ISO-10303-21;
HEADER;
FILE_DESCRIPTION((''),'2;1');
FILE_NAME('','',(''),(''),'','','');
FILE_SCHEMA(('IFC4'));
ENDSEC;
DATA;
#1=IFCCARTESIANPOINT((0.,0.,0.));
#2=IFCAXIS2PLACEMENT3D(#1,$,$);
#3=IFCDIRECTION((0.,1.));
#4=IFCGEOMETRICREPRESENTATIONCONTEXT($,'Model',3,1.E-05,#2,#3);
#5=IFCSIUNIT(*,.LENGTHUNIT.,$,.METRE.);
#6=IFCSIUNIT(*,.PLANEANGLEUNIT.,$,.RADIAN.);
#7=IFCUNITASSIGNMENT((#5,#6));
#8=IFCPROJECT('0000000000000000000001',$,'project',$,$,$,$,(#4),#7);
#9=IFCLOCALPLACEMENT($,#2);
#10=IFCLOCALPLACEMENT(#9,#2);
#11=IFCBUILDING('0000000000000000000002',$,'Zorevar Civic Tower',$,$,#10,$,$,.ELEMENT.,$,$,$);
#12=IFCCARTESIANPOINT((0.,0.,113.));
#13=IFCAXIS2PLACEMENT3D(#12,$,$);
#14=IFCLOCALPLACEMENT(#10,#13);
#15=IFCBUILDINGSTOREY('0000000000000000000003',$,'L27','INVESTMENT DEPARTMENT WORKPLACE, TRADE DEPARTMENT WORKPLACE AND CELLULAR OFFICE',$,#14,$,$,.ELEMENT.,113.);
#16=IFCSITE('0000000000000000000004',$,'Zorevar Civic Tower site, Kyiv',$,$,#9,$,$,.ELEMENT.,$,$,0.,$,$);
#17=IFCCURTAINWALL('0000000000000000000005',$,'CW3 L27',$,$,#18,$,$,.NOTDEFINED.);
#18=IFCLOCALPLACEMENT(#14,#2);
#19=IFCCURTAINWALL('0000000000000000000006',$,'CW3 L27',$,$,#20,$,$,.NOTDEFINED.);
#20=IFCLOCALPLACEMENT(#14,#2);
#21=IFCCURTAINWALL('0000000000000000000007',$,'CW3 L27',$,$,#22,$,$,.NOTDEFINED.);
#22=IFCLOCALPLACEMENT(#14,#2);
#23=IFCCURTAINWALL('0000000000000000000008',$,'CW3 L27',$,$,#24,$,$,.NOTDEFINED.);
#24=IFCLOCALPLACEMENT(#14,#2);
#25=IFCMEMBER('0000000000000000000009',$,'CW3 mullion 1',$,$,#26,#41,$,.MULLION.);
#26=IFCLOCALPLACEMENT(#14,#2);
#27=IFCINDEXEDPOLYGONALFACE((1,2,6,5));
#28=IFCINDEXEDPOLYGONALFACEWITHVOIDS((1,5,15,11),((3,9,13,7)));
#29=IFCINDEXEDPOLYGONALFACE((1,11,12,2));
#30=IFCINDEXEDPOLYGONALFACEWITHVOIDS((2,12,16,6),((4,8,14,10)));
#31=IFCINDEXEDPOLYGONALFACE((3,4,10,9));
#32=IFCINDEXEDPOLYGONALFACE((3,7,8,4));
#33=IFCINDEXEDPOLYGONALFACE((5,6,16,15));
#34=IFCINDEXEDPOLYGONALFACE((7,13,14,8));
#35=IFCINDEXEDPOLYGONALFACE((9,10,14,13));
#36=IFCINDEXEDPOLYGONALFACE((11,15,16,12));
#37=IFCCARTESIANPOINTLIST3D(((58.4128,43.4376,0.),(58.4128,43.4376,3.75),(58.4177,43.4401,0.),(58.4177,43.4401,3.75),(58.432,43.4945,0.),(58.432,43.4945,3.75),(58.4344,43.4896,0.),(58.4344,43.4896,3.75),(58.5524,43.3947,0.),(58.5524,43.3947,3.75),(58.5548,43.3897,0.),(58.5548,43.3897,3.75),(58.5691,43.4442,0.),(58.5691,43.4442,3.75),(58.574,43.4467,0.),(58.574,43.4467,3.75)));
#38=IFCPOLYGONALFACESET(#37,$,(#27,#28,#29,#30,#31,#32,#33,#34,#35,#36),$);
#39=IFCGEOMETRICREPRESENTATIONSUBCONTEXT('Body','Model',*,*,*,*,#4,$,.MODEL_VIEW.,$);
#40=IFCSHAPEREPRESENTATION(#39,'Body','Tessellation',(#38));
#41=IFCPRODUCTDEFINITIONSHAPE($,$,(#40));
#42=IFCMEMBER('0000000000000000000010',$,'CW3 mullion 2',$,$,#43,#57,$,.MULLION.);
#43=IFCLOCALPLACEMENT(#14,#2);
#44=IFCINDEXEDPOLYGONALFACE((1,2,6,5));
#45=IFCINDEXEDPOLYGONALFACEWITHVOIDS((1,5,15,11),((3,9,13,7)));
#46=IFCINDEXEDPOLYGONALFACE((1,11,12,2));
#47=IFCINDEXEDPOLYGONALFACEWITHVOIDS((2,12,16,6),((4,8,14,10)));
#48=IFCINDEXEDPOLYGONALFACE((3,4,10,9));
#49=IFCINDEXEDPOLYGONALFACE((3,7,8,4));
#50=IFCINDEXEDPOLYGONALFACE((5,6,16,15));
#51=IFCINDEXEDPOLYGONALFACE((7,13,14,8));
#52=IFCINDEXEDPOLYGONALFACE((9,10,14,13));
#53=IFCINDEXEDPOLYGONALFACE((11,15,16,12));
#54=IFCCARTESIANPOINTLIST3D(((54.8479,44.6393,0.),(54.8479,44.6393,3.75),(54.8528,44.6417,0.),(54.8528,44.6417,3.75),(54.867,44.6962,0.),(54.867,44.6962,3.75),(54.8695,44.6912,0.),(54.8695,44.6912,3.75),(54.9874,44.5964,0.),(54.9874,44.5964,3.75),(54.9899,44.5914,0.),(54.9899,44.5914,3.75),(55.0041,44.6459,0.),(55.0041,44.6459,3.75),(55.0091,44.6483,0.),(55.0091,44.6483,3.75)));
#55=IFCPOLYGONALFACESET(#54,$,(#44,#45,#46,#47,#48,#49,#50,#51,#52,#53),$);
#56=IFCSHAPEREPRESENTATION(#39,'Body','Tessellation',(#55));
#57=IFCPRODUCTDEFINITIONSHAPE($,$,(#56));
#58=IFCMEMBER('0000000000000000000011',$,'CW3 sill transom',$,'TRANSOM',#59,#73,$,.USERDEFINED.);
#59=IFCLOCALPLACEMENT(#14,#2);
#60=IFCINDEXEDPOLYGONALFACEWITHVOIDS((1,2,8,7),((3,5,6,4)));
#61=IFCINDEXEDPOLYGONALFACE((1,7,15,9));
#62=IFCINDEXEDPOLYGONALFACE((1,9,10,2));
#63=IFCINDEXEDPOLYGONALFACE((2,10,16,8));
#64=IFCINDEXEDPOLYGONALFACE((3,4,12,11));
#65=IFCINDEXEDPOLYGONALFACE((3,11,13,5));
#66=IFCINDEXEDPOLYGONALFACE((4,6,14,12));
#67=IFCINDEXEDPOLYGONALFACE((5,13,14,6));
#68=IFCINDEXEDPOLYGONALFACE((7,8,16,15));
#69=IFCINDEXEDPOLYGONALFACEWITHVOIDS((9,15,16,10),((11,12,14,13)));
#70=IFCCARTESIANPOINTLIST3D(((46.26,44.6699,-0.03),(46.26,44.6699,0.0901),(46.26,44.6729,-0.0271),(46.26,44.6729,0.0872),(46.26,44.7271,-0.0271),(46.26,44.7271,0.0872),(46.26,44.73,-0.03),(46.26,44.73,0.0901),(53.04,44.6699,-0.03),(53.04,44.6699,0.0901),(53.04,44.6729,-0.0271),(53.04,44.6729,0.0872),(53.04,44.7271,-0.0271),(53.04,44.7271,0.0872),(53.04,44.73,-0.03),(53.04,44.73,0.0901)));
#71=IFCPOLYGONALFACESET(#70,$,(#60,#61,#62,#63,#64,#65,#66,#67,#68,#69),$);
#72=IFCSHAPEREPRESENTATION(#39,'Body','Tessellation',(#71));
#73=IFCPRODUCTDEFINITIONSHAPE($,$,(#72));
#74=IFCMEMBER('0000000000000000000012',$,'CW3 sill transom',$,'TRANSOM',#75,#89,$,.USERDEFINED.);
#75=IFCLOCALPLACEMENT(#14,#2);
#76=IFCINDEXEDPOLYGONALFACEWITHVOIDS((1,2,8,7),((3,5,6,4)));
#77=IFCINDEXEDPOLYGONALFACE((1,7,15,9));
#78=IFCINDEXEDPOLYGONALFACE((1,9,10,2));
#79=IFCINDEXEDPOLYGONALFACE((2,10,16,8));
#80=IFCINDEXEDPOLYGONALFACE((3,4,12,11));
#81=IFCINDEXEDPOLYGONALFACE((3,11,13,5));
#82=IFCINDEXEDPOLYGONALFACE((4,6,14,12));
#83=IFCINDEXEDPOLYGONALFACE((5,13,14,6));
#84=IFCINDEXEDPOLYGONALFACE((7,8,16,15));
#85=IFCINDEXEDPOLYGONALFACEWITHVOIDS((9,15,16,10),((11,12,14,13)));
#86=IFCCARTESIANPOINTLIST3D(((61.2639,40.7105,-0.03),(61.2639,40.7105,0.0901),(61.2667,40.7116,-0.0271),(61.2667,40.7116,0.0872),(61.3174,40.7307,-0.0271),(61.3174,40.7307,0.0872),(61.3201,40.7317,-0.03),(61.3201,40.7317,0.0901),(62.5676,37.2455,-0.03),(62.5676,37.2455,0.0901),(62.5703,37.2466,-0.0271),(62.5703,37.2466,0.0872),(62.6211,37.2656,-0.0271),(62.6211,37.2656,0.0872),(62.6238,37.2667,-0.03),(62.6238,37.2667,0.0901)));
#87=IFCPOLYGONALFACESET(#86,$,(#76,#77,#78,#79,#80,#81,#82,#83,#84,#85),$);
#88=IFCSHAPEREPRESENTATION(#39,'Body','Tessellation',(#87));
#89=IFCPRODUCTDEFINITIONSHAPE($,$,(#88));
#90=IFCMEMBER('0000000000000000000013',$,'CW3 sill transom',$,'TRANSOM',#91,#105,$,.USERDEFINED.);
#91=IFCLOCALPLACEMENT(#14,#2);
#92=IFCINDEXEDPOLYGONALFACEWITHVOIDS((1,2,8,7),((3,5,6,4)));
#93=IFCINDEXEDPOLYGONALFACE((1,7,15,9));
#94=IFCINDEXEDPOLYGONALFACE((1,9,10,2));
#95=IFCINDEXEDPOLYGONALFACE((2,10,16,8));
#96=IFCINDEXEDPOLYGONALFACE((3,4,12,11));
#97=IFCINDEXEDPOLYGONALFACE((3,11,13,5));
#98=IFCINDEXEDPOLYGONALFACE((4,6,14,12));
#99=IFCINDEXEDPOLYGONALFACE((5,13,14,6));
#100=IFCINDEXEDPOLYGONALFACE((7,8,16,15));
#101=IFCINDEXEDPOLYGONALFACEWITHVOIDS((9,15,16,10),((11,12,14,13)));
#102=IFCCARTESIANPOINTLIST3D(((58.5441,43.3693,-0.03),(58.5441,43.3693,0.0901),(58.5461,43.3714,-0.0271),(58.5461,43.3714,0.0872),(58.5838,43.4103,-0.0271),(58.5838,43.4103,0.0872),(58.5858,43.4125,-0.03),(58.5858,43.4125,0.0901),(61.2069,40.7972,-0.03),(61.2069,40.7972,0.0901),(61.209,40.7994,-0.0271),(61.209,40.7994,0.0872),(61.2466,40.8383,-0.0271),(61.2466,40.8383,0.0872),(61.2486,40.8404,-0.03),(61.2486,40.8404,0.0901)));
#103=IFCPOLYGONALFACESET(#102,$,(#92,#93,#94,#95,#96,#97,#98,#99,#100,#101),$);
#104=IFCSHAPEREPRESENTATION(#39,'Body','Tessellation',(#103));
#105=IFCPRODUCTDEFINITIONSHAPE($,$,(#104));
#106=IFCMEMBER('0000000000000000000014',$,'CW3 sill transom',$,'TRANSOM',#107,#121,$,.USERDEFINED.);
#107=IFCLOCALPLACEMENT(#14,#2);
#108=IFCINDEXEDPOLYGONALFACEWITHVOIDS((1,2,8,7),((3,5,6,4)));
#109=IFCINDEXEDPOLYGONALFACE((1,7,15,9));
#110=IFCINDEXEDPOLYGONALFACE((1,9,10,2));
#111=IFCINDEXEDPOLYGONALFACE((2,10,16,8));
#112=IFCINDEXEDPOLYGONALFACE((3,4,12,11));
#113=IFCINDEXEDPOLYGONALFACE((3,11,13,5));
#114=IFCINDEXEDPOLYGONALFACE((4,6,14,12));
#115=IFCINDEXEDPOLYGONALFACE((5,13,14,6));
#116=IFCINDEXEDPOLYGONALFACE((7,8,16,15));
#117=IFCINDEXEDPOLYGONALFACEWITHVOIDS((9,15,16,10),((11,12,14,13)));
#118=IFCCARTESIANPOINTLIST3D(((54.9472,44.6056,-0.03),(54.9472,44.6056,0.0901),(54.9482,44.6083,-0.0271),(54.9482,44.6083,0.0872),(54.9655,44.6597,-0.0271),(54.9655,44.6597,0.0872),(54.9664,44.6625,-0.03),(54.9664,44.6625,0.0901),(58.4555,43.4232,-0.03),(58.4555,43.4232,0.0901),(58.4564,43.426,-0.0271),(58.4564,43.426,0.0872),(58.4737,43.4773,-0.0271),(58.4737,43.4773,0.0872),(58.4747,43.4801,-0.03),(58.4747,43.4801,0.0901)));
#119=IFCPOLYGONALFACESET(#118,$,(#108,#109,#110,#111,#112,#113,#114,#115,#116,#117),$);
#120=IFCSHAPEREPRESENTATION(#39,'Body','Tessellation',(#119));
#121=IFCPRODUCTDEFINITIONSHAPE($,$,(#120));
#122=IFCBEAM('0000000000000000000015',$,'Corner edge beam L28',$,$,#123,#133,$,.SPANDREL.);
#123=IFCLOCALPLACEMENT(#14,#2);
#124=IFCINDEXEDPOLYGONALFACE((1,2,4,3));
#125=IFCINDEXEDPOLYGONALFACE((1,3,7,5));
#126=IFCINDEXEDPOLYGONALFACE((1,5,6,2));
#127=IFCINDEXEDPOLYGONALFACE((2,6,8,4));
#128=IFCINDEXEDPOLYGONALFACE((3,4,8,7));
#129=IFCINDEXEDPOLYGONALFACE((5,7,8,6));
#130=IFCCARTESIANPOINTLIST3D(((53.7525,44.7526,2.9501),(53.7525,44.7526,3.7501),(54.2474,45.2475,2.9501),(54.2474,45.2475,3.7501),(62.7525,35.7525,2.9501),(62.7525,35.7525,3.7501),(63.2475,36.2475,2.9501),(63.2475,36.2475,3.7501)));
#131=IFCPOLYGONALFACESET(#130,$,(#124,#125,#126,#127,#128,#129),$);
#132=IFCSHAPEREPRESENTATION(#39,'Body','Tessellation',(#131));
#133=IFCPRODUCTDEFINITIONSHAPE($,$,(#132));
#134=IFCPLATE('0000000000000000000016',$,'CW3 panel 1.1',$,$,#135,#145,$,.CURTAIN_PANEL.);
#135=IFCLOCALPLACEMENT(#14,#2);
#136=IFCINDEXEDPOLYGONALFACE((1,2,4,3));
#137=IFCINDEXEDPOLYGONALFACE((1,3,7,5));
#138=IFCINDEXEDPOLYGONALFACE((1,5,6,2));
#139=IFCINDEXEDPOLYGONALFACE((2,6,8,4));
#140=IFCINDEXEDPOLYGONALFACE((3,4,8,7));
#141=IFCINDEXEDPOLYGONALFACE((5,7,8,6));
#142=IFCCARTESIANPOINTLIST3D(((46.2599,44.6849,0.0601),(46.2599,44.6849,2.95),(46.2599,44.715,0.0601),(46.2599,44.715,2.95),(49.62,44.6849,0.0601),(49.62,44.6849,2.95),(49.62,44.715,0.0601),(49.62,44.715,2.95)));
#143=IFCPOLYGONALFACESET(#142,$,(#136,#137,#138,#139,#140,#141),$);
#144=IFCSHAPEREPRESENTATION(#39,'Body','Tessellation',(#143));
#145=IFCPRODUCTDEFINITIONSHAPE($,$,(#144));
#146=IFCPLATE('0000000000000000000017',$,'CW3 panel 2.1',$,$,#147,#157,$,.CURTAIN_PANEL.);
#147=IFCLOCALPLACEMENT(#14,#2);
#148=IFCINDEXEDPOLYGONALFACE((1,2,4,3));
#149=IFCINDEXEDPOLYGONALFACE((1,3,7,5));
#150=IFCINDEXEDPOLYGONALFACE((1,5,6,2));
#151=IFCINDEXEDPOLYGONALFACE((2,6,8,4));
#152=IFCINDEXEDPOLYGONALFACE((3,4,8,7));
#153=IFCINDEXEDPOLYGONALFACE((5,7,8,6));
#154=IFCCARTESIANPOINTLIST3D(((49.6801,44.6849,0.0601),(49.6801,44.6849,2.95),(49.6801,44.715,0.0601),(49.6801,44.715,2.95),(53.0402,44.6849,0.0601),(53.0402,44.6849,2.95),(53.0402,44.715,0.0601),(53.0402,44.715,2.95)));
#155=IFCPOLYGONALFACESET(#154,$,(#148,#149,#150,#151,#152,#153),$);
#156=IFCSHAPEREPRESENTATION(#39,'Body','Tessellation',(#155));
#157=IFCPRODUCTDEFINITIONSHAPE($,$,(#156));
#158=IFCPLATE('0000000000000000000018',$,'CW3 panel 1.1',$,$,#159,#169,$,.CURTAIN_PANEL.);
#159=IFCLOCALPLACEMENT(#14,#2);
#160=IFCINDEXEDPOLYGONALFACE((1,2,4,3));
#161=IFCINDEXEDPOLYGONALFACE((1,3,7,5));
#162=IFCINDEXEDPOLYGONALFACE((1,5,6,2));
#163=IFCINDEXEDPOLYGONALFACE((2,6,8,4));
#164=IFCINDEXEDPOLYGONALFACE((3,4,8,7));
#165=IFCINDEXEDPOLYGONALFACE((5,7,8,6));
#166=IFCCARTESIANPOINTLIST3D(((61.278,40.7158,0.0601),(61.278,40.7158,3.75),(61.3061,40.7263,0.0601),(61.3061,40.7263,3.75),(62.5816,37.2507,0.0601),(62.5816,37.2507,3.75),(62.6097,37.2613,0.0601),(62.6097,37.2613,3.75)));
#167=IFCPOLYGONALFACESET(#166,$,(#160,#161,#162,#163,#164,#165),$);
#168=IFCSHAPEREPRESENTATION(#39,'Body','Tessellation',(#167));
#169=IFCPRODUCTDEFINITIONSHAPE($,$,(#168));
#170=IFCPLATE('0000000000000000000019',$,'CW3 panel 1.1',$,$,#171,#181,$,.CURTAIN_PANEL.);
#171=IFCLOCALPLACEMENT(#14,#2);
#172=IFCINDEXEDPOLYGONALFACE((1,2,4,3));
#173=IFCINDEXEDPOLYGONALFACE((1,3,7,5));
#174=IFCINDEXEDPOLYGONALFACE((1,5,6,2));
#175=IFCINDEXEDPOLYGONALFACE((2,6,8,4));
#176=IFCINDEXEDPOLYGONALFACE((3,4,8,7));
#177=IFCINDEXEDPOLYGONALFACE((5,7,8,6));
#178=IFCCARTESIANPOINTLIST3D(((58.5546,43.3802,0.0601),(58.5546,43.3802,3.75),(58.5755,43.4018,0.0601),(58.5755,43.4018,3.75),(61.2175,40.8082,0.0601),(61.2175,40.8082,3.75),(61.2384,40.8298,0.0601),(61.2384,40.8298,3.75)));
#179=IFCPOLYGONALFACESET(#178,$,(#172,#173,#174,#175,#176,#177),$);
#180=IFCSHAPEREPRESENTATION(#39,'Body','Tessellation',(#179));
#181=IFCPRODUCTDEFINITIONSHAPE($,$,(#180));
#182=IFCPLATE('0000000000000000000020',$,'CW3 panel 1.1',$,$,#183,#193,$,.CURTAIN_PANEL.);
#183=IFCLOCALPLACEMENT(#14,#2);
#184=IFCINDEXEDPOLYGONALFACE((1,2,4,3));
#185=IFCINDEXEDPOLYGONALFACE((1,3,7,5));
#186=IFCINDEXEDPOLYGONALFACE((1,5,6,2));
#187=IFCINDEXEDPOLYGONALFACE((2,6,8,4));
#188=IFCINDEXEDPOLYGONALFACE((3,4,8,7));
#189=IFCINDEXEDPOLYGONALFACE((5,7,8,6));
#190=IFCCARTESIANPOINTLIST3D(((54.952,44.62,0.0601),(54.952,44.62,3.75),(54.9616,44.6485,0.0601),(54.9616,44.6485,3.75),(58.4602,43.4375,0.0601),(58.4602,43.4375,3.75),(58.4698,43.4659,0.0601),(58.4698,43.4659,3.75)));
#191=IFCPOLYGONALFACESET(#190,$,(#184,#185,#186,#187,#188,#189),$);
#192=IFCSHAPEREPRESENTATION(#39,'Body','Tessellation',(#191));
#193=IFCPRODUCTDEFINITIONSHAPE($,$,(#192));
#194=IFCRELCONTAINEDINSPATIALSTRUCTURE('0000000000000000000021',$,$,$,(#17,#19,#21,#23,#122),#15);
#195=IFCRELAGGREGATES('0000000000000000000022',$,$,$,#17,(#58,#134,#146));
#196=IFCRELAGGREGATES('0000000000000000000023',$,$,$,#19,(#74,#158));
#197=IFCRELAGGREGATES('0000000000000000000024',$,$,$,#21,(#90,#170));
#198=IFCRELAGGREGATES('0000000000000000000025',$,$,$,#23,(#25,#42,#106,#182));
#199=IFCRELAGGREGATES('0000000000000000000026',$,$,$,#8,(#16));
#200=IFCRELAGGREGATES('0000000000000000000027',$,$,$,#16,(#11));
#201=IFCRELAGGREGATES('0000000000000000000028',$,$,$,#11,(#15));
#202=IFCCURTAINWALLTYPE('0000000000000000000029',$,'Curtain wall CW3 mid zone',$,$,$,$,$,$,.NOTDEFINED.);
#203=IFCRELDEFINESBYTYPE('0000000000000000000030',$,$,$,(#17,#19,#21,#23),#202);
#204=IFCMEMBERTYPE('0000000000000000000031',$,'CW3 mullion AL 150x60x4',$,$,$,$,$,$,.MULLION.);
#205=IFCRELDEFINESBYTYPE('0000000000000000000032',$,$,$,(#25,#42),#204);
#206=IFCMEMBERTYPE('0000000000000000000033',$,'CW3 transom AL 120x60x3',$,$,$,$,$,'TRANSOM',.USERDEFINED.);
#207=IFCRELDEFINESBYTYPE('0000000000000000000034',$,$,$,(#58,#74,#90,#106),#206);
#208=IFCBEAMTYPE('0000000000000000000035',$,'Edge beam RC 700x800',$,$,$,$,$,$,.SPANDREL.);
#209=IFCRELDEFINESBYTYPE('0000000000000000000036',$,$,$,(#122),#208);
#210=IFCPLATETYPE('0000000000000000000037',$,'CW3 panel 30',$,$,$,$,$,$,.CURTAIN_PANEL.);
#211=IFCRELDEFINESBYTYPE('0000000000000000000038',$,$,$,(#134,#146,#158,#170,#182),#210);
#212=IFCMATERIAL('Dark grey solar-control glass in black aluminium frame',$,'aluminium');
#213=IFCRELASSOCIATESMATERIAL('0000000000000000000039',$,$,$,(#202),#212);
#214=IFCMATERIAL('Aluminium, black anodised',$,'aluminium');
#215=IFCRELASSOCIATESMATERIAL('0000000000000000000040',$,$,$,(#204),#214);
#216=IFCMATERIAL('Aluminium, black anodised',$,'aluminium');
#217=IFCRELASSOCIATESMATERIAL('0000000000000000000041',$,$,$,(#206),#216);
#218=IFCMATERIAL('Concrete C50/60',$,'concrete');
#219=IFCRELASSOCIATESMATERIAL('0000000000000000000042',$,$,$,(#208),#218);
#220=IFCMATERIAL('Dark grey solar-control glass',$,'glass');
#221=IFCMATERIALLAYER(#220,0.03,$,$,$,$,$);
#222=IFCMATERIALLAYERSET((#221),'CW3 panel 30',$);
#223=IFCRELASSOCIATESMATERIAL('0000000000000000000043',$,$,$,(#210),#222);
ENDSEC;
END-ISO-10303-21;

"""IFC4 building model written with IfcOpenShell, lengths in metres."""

from ifc_helpers import new_model, si_unit, direction, frame, origin, origin_2d, place, context, subcontext, project, spatial, rectangle, hollow_rectangle, extrude, material, layer, layer_set, material_profile, profile_set, type_object, element, aggregate, save


model = new_model("IFC4")

# Units and contexts
model_context = context("Model", 3, precision=1e-05, world=origin(), true_north=direction((0.0, 1.0)))
body_context = subcontext(model_context, "Body", "Model", "MODEL_VIEW")
ifc_project = project(units=[si_unit("LENGTHUNIT", "METRE"), si_unit("PLANEANGLEUNIT", "RADIAN")], contexts=[model_context])

# Site, building, storey
site_placement = place(None, origin())
site = spatial("IfcSite", under=ifc_project, at=site_placement, Name="Zorevar Civic Tower site, Kyiv", CompositionType="ELEMENT", RefElevation=0.0)
building_placement = place(site_placement, origin())
building = spatial("IfcBuilding", under=site, at=building_placement, Name="Zorevar Civic Tower", CompositionType="ELEMENT")
storey_placement = place(building_placement, frame((0.0, 0.0, 113.0)))
storey = spatial("IfcBuildingStorey", under=building, at=storey_placement, Name="L27", Description="INVESTMENT DEPARTMENT WORKPLACE, TRADE DEPARTMENT WORKPLACE AND CELLULAR OFFICE", CompositionType="ELEMENT", Elevation=113.0)

# Curtain walls, members
ifc_material_1 = material(Name="Dark grey solar-control glass in black aluminium frame", Category="aluminium")
curtain_wall_type = type_object("IfcCurtainWallType", Name="Curtain wall CW3 mid zone", PredefinedType="NOTDEFINED", material=ifc_material_1)
curtain_wall_1_placement = place(storey_placement, origin())
curtain_wall_1 = element("IfcCurtainWall", 1, at=curtain_wall_1_placement, inside=storey, type_object=curtain_wall_type, Name="CW3 L27", PredefinedType="NOTDEFINED")
ifc_material_2 = material(Name="Aluminium, black anodised", Category="aluminium")
ifc_material_profile_1 = material_profile(ifc_material_2, hollow_rectangle(XDim=0.0601, YDim=0.1499, WallThickness=0.0039, at=origin_2d()), Name="AL 150x60x4")
ifc_profile_set_1 = profile_set([ifc_material_profile_1], Name="Aluminium, black anodised")
member_type_1 = type_object("IfcMemberType", Name="CW3 mullion AL 150x60x4", PredefinedType="MULLION", material=ifc_profile_set_1)
curtain_wall_2_placement = place(storey_placement, origin())
curtain_wall_2 = element("IfcCurtainWall", 2, at=curtain_wall_2_placement, inside=storey, type_object=curtain_wall_type, Name="CW3 L27", PredefinedType="NOTDEFINED")
curtain_wall_3_placement = place(storey_placement, origin())
curtain_wall_3 = element("IfcCurtainWall", 3, at=curtain_wall_3_placement, inside=storey, type_object=curtain_wall_type, Name="CW3 L27", PredefinedType="NOTDEFINED")
curtain_wall_4_placement = place(storey_placement, origin())
curtain_wall_4 = element("IfcCurtainWall", 4, at=curtain_wall_4_placement, inside=storey, type_object=curtain_wall_type, Name="CW3 L27", PredefinedType="NOTDEFINED")
member_1_placement = place(storey_placement, frame((58.4934, 43.4421, 0.0), z_axis=(0.0, 0.0, 1.0), x_axis=(-0.319413, -0.947616, 0.0)))
member_1 = element("IfcMember", 5, at=member_1_placement, type_object=member_type_1, Name="CW3 mullion 1", PredefinedType="MULLION", context=body_context, shape_type="SweptSolid", body=[
    extrude(hollow_rectangle(XDim=0.0601, YDim=0.1499, WallThickness=0.0039, at=origin_2d()), origin(), (0.0, 0.0, 1.0), 3.75),
])
member_2_placement = place(storey_placement, frame((54.9285, 44.6438, 0.0), z_axis=(0.0, 0.0, 1.0), x_axis=(-0.319413, -0.947616, 0.0)))
member_2 = element("IfcMember", 6, at=member_2_placement, type_object=member_type_1, Name="CW3 mullion 2", PredefinedType="MULLION", context=body_context, shape_type="SweptSolid", body=[
    extrude(hollow_rectangle(XDim=0.0601, YDim=0.1499, WallThickness=0.0039, at=origin_2d()), origin(), (0.0, 0.0, 1.0), 3.75),
])

# Members
ifc_material_3 = material(Name="Aluminium, black anodised", Category="aluminium")
ifc_material_profile_2 = material_profile(ifc_material_3, hollow_rectangle(XDim=0.0601, YDim=0.1201, WallThickness=0.0029, at=origin_2d()), Name="AL 120x60x3")
ifc_profile_set_2 = profile_set([ifc_material_profile_2], Name="Aluminium, black anodised")
member_type_2 = type_object("IfcMemberType", Name="CW3 transom AL 120x60x3", ElementType="TRANSOM", PredefinedType="USERDEFINED", material=ifc_profile_set_2)
member_3_placement = place(storey_placement, frame((46.26, 44.7, 0.03), z_axis=(1.0, 0.0, 0.0), x_axis=(0.0, 1.0, 0.0)))
member_3 = element("IfcMember", 7, at=member_3_placement, type_object=member_type_2, Name="CW3 sill transom", ObjectType="TRANSOM", PredefinedType="USERDEFINED", context=body_context, shape_type="SweptSolid", body=[
    extrude(hollow_rectangle(XDim=0.0601, YDim=0.1201, WallThickness=0.0029, at=origin_2d()), origin(), (0.0, 0.0, 1.0), 6.78),
])
member_4_placement = place(storey_placement, frame((62.5957, 37.2561, 0.03), z_axis=(-0.352142, 0.935947, 0.0), x_axis=(-0.935947, -0.352142, 0.0)))
member_4 = element("IfcMember", 8, at=member_4_placement, type_object=member_type_2, Name="CW3 sill transom", ObjectType="TRANSOM", PredefinedType="USERDEFINED", context=body_context, shape_type="SweptSolid", body=[
    extrude(hollow_rectangle(XDim=0.0601, YDim=0.1201, WallThickness=0.0029, at=origin_2d()), origin(), (0.0, 0.0, 1.0), 3.7021),
])
member_5_placement = place(storey_placement, frame((61.2278, 40.8188, 0.03), z_axis=(-0.719266, 0.694735, 0.0), x_axis=(-0.694735, -0.719266, 0.0)))
member_5 = element("IfcMember", 9, at=member_5_placement, type_object=member_type_2, Name="CW3 sill transom", ObjectType="TRANSOM", PredefinedType="USERDEFINED", context=body_context, shape_type="SweptSolid", body=[
    extrude(hollow_rectangle(XDim=0.0601, YDim=0.1201, WallThickness=0.0029, at=origin_2d()), origin(), (0.0, 0.0, 1.0), 3.7021),
])
member_6_placement = place(storey_placement, frame((58.4651, 43.4517, 0.03), z_axis=(-0.94763, 0.319372, 0.0), x_axis=(-0.319372, -0.94763, 0.0)))
member_6 = element("IfcMember", 10, at=member_6_placement, type_object=member_type_2, Name="CW3 sill transom", ObjectType="TRANSOM", PredefinedType="USERDEFINED", context=body_context, shape_type="SweptSolid", body=[
    extrude(hollow_rectangle(XDim=0.0601, YDim=0.1201, WallThickness=0.0029, at=origin_2d()), origin(), (0.0, 0.0, 1.0), 3.7021),
])

# Beam
ifc_material_4 = material(Name="Concrete C50/60", Category="concrete")
ifc_material_profile_3 = material_profile(ifc_material_4, rectangle(XDim=0.7, YDim=0.8, at=origin_2d()), Name="RC 700x800")
ifc_profile_set_3 = profile_set([ifc_material_profile_3], Name="Concrete C50/60")
beam_type_1 = type_object("IfcBeamType", Name="Edge beam RC 700x800", PredefinedType="SPANDREL", material=ifc_profile_set_3)
beam_1_placement = place(storey_placement, frame((63.0, 36.0, 3.3501), z_axis=(-0.707107, 0.707107, 0.0), x_axis=(-0.707107, -0.707107, 0.0)))
element("IfcBeam", 11, at=beam_1_placement, inside=storey, type_object=beam_type_1, Name="Corner edge beam L28", PredefinedType="SPANDREL", context=body_context, shape_type="SweptSolid", body=[
    extrude(rectangle(XDim=0.7, YDim=0.8, at=origin_2d()), origin(), (0.0, 0.0, 1.0), 12.728),
])

# Plates
ifc_material_5 = material(Name="Dark grey solar-control glass", Category="glass")
ifc_layer_1 = layer(ifc_material_5, 0.03)
ifc_layer_set_1 = layer_set([ifc_layer_1], Name="CW3 panel 30")
plate_type = type_object("IfcPlateType", Name="CW3 panel 30", PredefinedType="CURTAIN_PANEL", material=ifc_layer_set_1)
plate_1_placement = place(storey_placement, frame((47.9399, 44.7, 0.0601), z_axis=(0.0, 0.0, 1.0), x_axis=(1.0, 0.0, 0.0)))
plate_1 = element("IfcPlate", 12, at=plate_1_placement, type_object=plate_type, Name="CW3 panel 1.1", PredefinedType="CURTAIN_PANEL", context=body_context, shape_type="SweptSolid", body=[
    extrude(rectangle(XDim=3.3601, YDim=0.03, at=origin_2d()), origin(), (0.0, 0.0, 1.0), 2.8899),
])
plate_2_placement = place(storey_placement, frame((51.3601, 44.7, 0.0601), z_axis=(0.0, 0.0, 1.0), x_axis=(1.0, 0.0, 0.0)))
plate_2 = element("IfcPlate", 13, at=plate_2_placement, type_object=plate_type, Name="CW3 panel 2.1", PredefinedType="CURTAIN_PANEL", context=body_context, shape_type="SweptSolid", body=[
    extrude(rectangle(XDim=3.3601, YDim=0.03, at=origin_2d()), origin(), (0.0, 0.0, 1.0), 2.8899),
])
aggregate(curtain_wall_1, [member_3, plate_1, plate_2])
plate_3_placement = place(storey_placement, frame((61.9438, 38.9885, 0.0601), z_axis=(0.0, 0.0, 1.0), x_axis=(-0.352132, 0.935951, 0.0)))
plate_3 = element("IfcPlate", 14, at=plate_3_placement, type_object=plate_type, Name="CW3 panel 1.1", PredefinedType="CURTAIN_PANEL", context=body_context, shape_type="SweptSolid", body=[
    extrude(rectangle(XDim=3.7021, YDim=0.03, at=origin_2d()), origin(), (0.0, 0.0, 1.0), 3.6899),
])
aggregate(curtain_wall_2, [member_4, plate_3])
plate_4_placement = place(storey_placement, frame((59.8965, 42.105, 0.0601), z_axis=(0.0, 0.0, 1.0), x_axis=(-0.719281, 0.694719, 0.0)))
plate_4 = element("IfcPlate", 15, at=plate_4_placement, type_object=plate_type, Name="CW3 panel 1.1", PredefinedType="CURTAIN_PANEL", context=body_context, shape_type="SweptSolid", body=[
    extrude(rectangle(XDim=3.7021, YDim=0.03, at=origin_2d()), origin(), (0.0, 0.0, 1.0), 3.6899),
])
aggregate(curtain_wall_3, [member_5, plate_4])
plate_5_placement = place(storey_placement, frame((56.7109, 44.043, 0.0601), z_axis=(0.0, 0.0, 1.0), x_axis=(-0.947616, 0.319413, 0.0)))
plate_5 = element("IfcPlate", 16, at=plate_5_placement, type_object=plate_type, Name="CW3 panel 1.1", PredefinedType="CURTAIN_PANEL", context=body_context, shape_type="SweptSolid", body=[
    extrude(rectangle(XDim=3.7021, YDim=0.03, at=origin_2d()), origin(), (0.0, 0.0, 1.0), 3.6899),
])
aggregate(curtain_wall_4, [member_1, member_2, member_6, plate_5])

save(model, "model.ifc")
